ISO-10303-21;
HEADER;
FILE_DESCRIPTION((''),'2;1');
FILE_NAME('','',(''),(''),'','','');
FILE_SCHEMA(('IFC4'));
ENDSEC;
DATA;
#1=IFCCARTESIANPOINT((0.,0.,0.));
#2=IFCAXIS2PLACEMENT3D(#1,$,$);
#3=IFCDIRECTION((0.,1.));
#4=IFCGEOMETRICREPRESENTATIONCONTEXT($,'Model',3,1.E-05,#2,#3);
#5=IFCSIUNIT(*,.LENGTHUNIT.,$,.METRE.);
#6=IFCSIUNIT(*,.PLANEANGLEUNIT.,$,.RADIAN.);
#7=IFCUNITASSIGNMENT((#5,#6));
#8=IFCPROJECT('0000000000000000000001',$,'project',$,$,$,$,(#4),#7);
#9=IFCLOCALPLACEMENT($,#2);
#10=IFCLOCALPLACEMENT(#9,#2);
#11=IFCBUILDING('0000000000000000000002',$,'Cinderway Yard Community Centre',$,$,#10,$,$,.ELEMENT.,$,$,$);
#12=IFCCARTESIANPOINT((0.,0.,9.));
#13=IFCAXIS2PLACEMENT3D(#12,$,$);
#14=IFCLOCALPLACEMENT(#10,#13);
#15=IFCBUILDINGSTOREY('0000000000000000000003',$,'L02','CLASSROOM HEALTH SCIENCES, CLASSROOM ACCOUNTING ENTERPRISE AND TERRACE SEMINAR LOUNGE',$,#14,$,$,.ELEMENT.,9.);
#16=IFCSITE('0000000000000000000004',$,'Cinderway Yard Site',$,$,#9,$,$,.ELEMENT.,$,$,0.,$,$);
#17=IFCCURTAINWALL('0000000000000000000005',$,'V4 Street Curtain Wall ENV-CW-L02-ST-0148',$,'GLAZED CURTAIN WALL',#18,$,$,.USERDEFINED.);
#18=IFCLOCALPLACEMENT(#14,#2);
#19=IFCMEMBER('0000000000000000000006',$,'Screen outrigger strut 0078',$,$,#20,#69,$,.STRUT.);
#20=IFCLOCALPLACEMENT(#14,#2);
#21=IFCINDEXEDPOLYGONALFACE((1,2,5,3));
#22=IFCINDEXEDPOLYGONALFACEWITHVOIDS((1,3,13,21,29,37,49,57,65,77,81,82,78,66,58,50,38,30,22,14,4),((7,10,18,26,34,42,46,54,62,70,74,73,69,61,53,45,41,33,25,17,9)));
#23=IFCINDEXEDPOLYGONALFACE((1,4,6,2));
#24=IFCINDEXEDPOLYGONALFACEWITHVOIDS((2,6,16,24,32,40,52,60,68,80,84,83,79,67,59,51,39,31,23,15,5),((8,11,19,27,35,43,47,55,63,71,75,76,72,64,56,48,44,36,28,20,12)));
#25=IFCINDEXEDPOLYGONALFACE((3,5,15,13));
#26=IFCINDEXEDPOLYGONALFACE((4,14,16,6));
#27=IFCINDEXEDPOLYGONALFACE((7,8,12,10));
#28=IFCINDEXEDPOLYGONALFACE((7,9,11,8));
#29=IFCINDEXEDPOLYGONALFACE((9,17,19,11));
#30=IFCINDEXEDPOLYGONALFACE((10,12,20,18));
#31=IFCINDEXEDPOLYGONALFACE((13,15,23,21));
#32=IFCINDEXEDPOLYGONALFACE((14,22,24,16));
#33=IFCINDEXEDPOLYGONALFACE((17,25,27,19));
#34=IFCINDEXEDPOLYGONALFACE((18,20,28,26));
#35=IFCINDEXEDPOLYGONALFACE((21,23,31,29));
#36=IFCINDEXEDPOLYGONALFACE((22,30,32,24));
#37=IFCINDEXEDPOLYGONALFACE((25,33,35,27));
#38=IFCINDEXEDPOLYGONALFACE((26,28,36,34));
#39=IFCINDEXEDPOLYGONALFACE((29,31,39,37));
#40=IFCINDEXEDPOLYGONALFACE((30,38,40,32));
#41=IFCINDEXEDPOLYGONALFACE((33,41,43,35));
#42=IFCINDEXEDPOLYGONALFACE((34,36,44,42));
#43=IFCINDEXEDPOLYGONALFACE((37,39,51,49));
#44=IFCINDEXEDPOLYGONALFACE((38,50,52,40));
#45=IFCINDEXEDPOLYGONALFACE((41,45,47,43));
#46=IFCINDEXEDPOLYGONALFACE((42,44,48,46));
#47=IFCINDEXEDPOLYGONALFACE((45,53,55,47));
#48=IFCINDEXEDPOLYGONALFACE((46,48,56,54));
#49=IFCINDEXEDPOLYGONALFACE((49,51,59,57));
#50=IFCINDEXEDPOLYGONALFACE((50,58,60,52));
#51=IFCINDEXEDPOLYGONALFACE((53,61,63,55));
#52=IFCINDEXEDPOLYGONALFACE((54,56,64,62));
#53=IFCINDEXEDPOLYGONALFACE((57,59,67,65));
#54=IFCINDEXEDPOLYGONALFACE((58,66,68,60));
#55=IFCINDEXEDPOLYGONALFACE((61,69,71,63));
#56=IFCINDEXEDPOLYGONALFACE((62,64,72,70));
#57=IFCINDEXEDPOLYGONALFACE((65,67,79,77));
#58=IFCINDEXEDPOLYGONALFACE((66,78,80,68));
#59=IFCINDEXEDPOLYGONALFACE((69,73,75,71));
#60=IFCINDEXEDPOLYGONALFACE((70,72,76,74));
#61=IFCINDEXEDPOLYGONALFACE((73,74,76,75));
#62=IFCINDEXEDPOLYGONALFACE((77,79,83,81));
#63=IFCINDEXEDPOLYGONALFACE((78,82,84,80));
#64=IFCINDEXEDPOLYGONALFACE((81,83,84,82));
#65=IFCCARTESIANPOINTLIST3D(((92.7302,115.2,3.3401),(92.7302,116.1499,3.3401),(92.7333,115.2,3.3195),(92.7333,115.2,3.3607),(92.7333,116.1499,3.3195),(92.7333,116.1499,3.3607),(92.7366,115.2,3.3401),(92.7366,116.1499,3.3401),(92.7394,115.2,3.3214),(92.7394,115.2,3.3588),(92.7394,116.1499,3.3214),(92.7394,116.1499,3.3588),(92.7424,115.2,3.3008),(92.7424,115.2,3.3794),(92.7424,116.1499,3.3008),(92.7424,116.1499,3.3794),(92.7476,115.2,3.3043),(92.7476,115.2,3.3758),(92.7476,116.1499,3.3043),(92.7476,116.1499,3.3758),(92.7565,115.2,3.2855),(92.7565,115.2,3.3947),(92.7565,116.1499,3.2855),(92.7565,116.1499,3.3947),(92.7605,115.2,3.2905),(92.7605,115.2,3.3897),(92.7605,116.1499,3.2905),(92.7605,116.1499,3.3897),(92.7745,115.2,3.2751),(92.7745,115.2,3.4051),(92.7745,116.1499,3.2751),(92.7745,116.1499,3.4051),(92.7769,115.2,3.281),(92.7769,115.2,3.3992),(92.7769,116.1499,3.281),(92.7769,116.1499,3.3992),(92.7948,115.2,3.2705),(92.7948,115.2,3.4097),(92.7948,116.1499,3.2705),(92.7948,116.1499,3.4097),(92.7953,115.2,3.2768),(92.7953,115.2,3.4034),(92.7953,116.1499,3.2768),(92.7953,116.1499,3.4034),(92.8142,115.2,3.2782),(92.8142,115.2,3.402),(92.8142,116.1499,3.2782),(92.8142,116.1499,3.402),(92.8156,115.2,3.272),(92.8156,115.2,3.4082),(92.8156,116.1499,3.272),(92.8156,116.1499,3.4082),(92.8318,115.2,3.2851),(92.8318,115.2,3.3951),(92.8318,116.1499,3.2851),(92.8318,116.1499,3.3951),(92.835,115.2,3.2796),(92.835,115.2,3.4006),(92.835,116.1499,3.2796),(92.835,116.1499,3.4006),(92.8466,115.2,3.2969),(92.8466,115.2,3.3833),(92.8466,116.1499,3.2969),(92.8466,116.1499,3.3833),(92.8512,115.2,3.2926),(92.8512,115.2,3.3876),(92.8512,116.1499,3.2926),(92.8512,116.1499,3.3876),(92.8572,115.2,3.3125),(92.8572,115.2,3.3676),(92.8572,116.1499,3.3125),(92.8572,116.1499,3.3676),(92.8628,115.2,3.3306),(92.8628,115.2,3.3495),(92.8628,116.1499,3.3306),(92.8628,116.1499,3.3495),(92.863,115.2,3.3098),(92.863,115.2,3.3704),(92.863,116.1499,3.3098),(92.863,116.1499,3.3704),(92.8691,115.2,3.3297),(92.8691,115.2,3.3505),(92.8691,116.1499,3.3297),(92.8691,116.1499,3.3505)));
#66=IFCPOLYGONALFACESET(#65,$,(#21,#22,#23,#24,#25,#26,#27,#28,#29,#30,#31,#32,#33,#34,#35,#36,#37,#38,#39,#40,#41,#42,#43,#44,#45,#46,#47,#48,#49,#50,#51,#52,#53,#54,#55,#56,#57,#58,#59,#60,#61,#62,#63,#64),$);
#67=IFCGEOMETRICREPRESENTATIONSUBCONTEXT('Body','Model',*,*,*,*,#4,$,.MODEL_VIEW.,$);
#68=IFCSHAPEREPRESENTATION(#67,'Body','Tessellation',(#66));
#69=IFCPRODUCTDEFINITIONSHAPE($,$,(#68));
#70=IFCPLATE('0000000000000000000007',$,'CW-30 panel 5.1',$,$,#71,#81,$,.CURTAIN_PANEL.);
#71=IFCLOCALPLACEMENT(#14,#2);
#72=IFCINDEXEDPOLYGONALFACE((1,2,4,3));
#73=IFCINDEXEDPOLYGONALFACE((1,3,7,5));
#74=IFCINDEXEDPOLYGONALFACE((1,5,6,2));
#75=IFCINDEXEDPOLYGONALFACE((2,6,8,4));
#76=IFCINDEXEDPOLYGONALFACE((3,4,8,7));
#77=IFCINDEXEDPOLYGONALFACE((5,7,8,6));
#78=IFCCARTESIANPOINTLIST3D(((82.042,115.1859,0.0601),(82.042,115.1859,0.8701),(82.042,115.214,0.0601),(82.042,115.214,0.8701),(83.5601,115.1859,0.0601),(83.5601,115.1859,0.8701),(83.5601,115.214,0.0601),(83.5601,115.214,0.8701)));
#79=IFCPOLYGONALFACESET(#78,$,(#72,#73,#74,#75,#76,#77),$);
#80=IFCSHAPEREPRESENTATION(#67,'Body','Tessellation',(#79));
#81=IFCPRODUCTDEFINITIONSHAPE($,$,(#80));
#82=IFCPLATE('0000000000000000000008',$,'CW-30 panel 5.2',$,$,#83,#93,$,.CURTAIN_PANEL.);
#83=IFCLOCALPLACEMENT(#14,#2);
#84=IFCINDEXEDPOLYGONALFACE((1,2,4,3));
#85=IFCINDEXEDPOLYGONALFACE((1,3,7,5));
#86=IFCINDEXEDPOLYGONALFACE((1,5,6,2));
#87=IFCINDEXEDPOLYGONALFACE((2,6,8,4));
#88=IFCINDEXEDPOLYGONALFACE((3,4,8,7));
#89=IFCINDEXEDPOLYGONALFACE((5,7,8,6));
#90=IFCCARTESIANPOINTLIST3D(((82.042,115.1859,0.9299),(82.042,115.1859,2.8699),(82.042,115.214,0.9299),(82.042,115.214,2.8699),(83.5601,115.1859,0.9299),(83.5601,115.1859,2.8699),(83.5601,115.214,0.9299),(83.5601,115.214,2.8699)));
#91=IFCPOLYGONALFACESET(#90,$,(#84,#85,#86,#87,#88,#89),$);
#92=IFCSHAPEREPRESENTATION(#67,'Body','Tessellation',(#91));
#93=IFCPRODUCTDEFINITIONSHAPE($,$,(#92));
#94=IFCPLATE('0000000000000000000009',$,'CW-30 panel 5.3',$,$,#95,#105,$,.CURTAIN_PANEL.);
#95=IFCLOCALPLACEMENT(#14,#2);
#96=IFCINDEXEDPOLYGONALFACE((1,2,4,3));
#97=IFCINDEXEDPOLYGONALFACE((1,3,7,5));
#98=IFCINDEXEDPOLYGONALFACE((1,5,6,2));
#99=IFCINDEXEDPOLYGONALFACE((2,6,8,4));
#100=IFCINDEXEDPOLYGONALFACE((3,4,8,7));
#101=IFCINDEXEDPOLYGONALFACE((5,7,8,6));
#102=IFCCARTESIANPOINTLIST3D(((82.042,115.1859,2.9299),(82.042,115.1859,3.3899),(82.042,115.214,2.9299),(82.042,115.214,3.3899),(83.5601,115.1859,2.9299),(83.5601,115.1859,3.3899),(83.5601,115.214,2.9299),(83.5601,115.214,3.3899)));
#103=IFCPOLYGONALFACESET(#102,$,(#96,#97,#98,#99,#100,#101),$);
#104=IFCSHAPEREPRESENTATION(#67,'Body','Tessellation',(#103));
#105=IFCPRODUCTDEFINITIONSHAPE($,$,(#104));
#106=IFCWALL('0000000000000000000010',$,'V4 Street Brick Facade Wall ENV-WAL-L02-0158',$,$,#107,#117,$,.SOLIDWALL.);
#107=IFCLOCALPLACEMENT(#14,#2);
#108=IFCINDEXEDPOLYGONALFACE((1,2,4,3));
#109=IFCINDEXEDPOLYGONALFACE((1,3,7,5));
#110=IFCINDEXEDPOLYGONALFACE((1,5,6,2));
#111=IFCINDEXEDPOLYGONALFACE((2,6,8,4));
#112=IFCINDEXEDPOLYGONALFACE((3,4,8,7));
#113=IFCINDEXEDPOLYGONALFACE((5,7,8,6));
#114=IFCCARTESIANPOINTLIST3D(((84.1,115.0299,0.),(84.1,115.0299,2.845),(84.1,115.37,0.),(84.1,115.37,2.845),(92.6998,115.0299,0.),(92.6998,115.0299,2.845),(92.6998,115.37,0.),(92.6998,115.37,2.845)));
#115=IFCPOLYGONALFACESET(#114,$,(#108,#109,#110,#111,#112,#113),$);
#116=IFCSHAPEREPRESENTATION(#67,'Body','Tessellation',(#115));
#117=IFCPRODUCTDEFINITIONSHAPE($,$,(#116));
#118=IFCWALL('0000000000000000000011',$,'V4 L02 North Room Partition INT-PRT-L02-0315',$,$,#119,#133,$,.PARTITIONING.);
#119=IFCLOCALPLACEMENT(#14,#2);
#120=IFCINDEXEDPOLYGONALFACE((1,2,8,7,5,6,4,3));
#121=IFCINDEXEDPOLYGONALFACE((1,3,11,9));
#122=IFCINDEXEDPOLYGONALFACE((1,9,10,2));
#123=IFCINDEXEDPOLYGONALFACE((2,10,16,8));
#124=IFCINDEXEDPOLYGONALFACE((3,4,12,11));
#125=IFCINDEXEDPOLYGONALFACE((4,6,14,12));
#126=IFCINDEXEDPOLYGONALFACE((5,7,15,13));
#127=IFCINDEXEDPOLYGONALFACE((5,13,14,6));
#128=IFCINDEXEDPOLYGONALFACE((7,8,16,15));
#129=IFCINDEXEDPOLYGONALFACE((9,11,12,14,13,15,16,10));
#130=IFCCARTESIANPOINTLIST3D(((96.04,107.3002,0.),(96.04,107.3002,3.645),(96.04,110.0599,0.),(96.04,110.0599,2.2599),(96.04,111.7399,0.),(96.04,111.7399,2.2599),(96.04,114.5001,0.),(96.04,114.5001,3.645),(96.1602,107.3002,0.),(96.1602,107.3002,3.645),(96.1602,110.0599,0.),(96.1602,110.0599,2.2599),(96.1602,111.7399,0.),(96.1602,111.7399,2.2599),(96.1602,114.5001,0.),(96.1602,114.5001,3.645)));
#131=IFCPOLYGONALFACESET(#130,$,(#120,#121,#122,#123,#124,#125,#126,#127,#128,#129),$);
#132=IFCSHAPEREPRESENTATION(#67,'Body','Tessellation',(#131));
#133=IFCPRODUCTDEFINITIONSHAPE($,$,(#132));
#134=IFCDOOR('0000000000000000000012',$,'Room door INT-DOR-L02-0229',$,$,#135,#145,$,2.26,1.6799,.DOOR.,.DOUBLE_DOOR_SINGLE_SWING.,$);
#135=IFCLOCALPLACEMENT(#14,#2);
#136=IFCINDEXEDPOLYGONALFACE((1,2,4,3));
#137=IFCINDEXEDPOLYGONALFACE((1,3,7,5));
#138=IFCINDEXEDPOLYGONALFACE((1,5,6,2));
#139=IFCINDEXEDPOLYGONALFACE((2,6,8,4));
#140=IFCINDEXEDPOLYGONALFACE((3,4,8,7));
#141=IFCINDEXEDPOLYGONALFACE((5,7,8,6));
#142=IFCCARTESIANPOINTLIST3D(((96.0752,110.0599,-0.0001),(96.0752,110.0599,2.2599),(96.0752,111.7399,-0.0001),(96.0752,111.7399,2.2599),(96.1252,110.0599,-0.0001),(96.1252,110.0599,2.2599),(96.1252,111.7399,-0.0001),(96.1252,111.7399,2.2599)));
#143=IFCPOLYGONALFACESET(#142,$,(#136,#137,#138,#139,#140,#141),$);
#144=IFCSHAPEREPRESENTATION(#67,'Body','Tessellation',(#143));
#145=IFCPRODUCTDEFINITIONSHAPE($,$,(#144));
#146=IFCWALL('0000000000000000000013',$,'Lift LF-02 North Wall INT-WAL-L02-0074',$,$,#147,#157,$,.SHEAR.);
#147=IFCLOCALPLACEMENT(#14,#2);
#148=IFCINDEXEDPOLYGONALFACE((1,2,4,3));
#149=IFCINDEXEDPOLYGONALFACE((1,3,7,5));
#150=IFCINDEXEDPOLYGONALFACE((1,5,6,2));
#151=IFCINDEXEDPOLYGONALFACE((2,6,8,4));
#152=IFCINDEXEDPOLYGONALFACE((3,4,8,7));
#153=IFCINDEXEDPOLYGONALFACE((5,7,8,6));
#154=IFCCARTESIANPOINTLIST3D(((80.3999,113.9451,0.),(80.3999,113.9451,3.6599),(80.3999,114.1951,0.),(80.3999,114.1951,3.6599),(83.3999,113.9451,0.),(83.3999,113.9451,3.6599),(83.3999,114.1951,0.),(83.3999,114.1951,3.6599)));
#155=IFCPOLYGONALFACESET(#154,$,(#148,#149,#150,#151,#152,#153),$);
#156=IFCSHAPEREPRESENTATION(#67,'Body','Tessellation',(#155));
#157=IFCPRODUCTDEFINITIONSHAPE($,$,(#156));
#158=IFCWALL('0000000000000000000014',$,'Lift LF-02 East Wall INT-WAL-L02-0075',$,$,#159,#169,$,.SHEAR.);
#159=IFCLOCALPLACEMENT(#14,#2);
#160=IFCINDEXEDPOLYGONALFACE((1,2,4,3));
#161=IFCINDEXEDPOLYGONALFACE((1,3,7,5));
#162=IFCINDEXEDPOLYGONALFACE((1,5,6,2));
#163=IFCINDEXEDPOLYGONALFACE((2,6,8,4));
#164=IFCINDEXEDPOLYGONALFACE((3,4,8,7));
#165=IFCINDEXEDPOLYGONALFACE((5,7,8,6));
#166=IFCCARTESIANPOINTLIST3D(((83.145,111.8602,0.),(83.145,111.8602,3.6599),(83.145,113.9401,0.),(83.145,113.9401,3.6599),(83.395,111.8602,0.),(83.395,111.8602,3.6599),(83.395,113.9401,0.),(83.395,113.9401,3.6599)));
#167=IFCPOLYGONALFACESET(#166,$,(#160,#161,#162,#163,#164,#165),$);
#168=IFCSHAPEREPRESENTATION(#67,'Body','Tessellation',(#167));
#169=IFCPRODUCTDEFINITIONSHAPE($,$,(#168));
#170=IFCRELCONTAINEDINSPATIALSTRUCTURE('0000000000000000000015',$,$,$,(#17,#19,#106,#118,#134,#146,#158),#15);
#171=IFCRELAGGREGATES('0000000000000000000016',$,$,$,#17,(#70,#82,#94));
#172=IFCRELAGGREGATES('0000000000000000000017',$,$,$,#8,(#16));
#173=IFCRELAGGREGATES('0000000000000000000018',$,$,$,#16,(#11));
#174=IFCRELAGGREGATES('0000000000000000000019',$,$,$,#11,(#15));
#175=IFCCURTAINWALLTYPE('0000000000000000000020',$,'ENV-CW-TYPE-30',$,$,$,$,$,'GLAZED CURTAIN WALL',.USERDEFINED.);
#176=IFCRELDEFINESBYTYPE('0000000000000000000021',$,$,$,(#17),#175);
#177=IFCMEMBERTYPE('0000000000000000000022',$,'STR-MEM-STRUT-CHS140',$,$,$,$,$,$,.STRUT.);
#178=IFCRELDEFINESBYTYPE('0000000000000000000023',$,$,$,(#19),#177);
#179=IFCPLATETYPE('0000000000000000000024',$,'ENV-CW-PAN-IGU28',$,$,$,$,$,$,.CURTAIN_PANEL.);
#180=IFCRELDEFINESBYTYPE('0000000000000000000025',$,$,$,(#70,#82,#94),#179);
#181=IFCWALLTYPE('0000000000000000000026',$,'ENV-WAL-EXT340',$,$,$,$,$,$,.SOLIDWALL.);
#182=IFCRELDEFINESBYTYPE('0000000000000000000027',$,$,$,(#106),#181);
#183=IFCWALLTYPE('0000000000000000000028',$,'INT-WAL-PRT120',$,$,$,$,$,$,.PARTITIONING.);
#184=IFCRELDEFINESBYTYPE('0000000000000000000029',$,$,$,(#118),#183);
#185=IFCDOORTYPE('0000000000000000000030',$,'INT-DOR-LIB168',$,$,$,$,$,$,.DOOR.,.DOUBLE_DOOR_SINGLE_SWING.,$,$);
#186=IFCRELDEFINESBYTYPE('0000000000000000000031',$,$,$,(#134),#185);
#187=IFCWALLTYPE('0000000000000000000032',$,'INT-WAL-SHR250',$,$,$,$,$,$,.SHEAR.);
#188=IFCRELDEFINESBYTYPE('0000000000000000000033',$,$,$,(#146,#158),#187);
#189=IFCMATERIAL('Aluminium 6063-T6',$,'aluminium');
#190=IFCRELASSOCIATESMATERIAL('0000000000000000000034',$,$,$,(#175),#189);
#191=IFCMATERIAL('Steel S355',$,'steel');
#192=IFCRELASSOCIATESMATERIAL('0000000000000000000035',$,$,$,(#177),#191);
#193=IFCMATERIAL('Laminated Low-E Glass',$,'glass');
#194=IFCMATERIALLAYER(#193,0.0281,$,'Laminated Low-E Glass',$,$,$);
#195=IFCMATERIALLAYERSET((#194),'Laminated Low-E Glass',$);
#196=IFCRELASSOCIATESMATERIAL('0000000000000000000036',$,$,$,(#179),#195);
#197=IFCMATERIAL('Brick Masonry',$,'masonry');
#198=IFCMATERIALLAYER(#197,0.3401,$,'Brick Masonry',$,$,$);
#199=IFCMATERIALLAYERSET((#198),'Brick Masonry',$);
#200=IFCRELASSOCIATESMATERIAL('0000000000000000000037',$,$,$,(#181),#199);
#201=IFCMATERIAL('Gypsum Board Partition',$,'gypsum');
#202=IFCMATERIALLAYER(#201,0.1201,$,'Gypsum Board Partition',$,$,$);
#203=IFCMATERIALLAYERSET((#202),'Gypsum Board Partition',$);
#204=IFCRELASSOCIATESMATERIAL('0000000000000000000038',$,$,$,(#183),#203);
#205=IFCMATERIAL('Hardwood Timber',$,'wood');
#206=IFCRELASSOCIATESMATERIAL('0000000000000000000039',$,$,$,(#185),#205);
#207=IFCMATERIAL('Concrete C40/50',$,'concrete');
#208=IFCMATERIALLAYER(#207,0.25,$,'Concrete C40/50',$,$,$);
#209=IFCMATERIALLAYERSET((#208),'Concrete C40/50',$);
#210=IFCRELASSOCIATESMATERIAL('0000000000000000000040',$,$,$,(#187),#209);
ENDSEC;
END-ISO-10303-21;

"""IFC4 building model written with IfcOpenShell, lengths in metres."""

from ifc_helpers import new_model, si_unit, direction, frame, frame_2d, origin, origin_2d, place, context, subcontext, project, spatial, rectangle, hollow_circle, extrude, material, layer, layer_set, material_profile, profile_set, type_object, element, fill, aggregate, save


model = new_model("IFC4")

# Units and contexts
model_context = context("Model", 3, precision=1e-05, world=origin(), true_north=direction((0.0, 1.0)))
body_context = subcontext(model_context, "Body", "Model", "MODEL_VIEW")
ifc_project = project(units=[si_unit("LENGTHUNIT", "METRE"), si_unit("PLANEANGLEUNIT", "RADIAN")], contexts=[model_context])

# Site, building, storey
site_placement = place(None, origin())
site = spatial("IfcSite", under=ifc_project, at=site_placement, Name="Cinderway Yard Site", CompositionType="ELEMENT", RefElevation=0.0)
building_placement = place(site_placement, origin())
building = spatial("IfcBuilding", under=site, at=building_placement, Name="Cinderway Yard Community Centre", CompositionType="ELEMENT")
storey_placement = place(building_placement, frame((0.0, 0.0, 9.0)))
storey = spatial("IfcBuildingStorey", under=building, at=storey_placement, Name="L02", Description="CLASSROOM HEALTH SCIENCES, CLASSROOM ACCOUNTING ENTERPRISE AND TERRACE SEMINAR LOUNGE", CompositionType="ELEMENT", Elevation=9.0)

# Shared definitions
ifc_material_1 = material(Name="Concrete C40/50", Category="concrete")

# Curtain wall
ifc_material_2 = material(Name="Aluminium 6063-T6", Category="aluminium")
curtain_wall_type = type_object("IfcCurtainWallType", Name="ENV-CW-TYPE-30", ElementType="GLAZED CURTAIN WALL", PredefinedType="USERDEFINED", material=ifc_material_2)
curtain_wall_1_placement = place(storey_placement, origin())
curtain_wall_1 = element("IfcCurtainWall", 1, at=curtain_wall_1_placement, inside=storey, type_object=curtain_wall_type, Name="V4 Street Curtain Wall ENV-CW-L02-ST-0148", ObjectType="GLAZED CURTAIN WALL", PredefinedType="USERDEFINED")

# Member
ifc_material_3 = material(Name="Steel S355", Category="steel")
ifc_material_profile_1 = material_profile(ifc_material_3, hollow_circle(Radius=0.0698, WallThickness=0.0063, at=origin_2d()), Name="Steel S355")
ifc_profile_set_1 = profile_set([ifc_material_profile_1], Name="Steel S355")
member_type_1 = type_object("IfcMemberType", Name="STR-MEM-STRUT-CHS140", PredefinedType="STRUT", material=ifc_profile_set_1)
for number, where, z_axis, x_axis, name in (
    (2, (92.8, 115.2, 3.3401), (0.0, 1.0, 0.0), (-1.0, 0.0, 0.0), "Screen outrigger strut 0078"),
):
    element("IfcMember", number, at=place(storey_placement, frame(where, z_axis=z_axis, x_axis=x_axis)), inside=storey, type_object=member_type_1, Name=name, PredefinedType="STRUT", context=body_context, shape_type="SweptSolid", body=[
        extrude(hollow_circle(Radius=0.0698, WallThickness=0.0063, at=origin_2d()), origin(), (0.0, 0.0, 1.0), 0.95),
    ])

# Plates
ifc_material_4 = material(Name="Laminated Low-E Glass", Category="glass")
ifc_layer_1 = layer(ifc_material_4, 0.0281, Name="Laminated Low-E Glass")
ifc_layer_set_1 = layer_set([ifc_layer_1], Name="Laminated Low-E Glass")
plate_type = type_object("IfcPlateType", Name="ENV-CW-PAN-IGU28", PredefinedType="CURTAIN_PANEL", material=ifc_layer_set_1)
plate_1_placement = place(storey_placement, frame((82.801, 115.2, 0.0601), z_axis=(0.0, 0.0, 1.0), x_axis=(1.0, 0.0, 0.0)))
plate_1 = element("IfcPlate", 3, at=plate_1_placement, type_object=plate_type, Name="CW-30 panel 5.1", PredefinedType="CURTAIN_PANEL", context=body_context, shape_type="SweptSolid", body=[
    extrude(rectangle(XDim=1.5181, YDim=0.0281, at=origin_2d()), origin(), (0.0, 0.0, 1.0), 0.8101),
])
plate_2_placement = place(storey_placement, frame((82.801, 115.2, 0.9299), z_axis=(0.0, 0.0, 1.0), x_axis=(1.0, 0.0, 0.0)))
plate_2 = element("IfcPlate", 4, at=plate_2_placement, type_object=plate_type, Name="CW-30 panel 5.2", PredefinedType="CURTAIN_PANEL", context=body_context, shape_type="SweptSolid", body=[
    extrude(rectangle(XDim=1.5181, YDim=0.0281, at=origin_2d()), origin(), (0.0, 0.0, 1.0), 1.9399),
])
plate_3_placement = place(storey_placement, frame((82.801, 115.2, 2.9299), z_axis=(0.0, 0.0, 1.0), x_axis=(1.0, 0.0, 0.0)))
plate_3 = element("IfcPlate", 5, at=plate_3_placement, type_object=plate_type, Name="CW-30 panel 5.3", PredefinedType="CURTAIN_PANEL", context=body_context, shape_type="SweptSolid", body=[
    extrude(rectangle(XDim=1.5181, YDim=0.0281, at=origin_2d()), origin(), (0.0, 0.0, 1.0), 0.46),
])
aggregate(curtain_wall_1, [plate_1, plate_2, plate_3])

# Wall
ifc_material_5 = material(Name="Brick Masonry", Category="masonry")
ifc_layer_2 = layer(ifc_material_5, 0.3401, Name="Brick Masonry")
ifc_layer_set_2 = layer_set([ifc_layer_2], Name="Brick Masonry")
wall_type_1 = type_object("IfcWallType", Name="ENV-WAL-EXT340", PredefinedType="SOLIDWALL", material=ifc_layer_set_2)
wall_1_placement = place(storey_placement, frame((84.1001, 115.2, 0.0), z_axis=(0.0, 0.0, 1.0), x_axis=(1.0, 0.0, 0.0)))
element("IfcWall", 6, at=wall_1_placement, inside=storey, type_object=wall_type_1, Name="V4 Street Brick Facade Wall ENV-WAL-L02-0158", PredefinedType="SOLIDWALL", context=body_context, shape_type="SweptSolid", body=[
    extrude(rectangle(XDim=8.5999, YDim=0.3401, at=frame_2d((4.2998, 0.0))), origin(), (0.0, 0.0, 1.0), 2.845),
])

# Wall, opening, door
ifc_material_6 = material(Name="Gypsum Board Partition", Category="gypsum")
ifc_layer_3 = layer(ifc_material_6, 0.1201, Name="Gypsum Board Partition")
ifc_layer_set_3 = layer_set([ifc_layer_3], Name="Gypsum Board Partition")
wall_type_2 = type_object("IfcWallType", Name="INT-WAL-PRT120", PredefinedType="PARTITIONING", material=ifc_layer_set_3)
wall_2_placement = place(storey_placement, frame((96.1001, 107.3, 0.0), z_axis=(0.0, 0.0, 1.0), x_axis=(0.0, 1.0, 0.0)))
wall_2 = element("IfcWall", 7, at=wall_2_placement, inside=storey, type_object=wall_type_2, Name="V4 L02 North Room Partition INT-PRT-L02-0315", PredefinedType="PARTITIONING", context=body_context, shape_type="SweptSolid", body=[
    extrude(rectangle(XDim=7.2, YDim=0.1201, at=frame_2d((3.6001, 0.0))), origin(), (0.0, 0.0, 1.0), 3.645),
])
opening_placement = place(wall_2_placement, frame((2.76, 0.0, 0.0)))
opening = element("IfcOpeningElement", 8, at=opening_placement, cuts=wall_2, PredefinedType="OPENING", context=body_context, shape_type="SweptSolid", body=[
    extrude(rectangle(XDim=1.6799, YDim=2.26, at=frame_2d((0.8398, 1.1299))), frame((0.0, 0.0701, 0.0), z_axis=(0.0, -1.0, 0.0), x_axis=(1.0, 0.0, 0.0)), (0.0, 0.0, 1.0), 0.1401),
])
ifc_material_7 = material(Name="Hardwood Timber", Category="wood")
door_type = type_object("IfcDoorType", Name="INT-DOR-LIB168", OperationType="DOUBLE_DOOR_SINGLE_SWING", PredefinedType="DOOR", material=ifc_material_7)
door_placement = place(opening_placement, origin())
door = element("IfcDoor", 9, at=door_placement, inside=storey, type_object=door_type, Name="Room door INT-DOR-L02-0229", OperationType="DOUBLE_DOOR_SINGLE_SWING", OverallHeight=2.26, OverallWidth=1.6799, PredefinedType="DOOR", context=body_context, shape_type="SweptSolid", body=[
    extrude(rectangle(XDim=1.6799, YDim=2.26, at=frame_2d((0.8398, 1.1299))), frame((0.0, 0.0249, 0.0), z_axis=(0.0, -1.0, 0.0), x_axis=(1.0, 0.0, 0.0)), (0.0, 0.0, 1.0), 0.05),
])
fill(opening, door)

# Walls
ifc_layer_4 = layer(ifc_material_1, 0.25, Name="Concrete C40/50")
ifc_layer_set_4 = layer_set([ifc_layer_4], Name="Concrete C40/50")
wall_type_3 = type_object("IfcWallType", Name="INT-WAL-SHR250", PredefinedType="SHEAR", material=ifc_layer_set_4)
wall_3_placement = place(storey_placement, frame((83.3999, 114.0701, 0.0), z_axis=(0.0, 0.0, 1.0), x_axis=(-1.0, 0.0, 0.0)))
element("IfcWall", 10, at=wall_3_placement, inside=storey, type_object=wall_type_3, Name="Lift LF-02 North Wall INT-WAL-L02-0074", PredefinedType="SHEAR", context=body_context, shape_type="SweptSolid", body=[
    extrude(rectangle(XDim=3.0, YDim=0.25, at=frame_2d((1.5, 0.0))), origin(), (0.0, 0.0, 1.0), 3.6599),
])
wall_4_placement = place(storey_placement, frame((83.27, 111.8601, 0.0), z_axis=(0.0, 0.0, 1.0), x_axis=(0.0, 1.0, 0.0)))
element("IfcWall", 11, at=wall_4_placement, inside=storey, type_object=wall_type_3, Name="Lift LF-02 East Wall INT-WAL-L02-0075", PredefinedType="SHEAR", context=body_context, shape_type="SweptSolid", body=[
    extrude(rectangle(XDim=2.0798, YDim=0.25, at=frame_2d((1.04, 0.0))), origin(), (0.0, 0.0, 1.0), 3.6599),
])

save(model, "model.ifc")
